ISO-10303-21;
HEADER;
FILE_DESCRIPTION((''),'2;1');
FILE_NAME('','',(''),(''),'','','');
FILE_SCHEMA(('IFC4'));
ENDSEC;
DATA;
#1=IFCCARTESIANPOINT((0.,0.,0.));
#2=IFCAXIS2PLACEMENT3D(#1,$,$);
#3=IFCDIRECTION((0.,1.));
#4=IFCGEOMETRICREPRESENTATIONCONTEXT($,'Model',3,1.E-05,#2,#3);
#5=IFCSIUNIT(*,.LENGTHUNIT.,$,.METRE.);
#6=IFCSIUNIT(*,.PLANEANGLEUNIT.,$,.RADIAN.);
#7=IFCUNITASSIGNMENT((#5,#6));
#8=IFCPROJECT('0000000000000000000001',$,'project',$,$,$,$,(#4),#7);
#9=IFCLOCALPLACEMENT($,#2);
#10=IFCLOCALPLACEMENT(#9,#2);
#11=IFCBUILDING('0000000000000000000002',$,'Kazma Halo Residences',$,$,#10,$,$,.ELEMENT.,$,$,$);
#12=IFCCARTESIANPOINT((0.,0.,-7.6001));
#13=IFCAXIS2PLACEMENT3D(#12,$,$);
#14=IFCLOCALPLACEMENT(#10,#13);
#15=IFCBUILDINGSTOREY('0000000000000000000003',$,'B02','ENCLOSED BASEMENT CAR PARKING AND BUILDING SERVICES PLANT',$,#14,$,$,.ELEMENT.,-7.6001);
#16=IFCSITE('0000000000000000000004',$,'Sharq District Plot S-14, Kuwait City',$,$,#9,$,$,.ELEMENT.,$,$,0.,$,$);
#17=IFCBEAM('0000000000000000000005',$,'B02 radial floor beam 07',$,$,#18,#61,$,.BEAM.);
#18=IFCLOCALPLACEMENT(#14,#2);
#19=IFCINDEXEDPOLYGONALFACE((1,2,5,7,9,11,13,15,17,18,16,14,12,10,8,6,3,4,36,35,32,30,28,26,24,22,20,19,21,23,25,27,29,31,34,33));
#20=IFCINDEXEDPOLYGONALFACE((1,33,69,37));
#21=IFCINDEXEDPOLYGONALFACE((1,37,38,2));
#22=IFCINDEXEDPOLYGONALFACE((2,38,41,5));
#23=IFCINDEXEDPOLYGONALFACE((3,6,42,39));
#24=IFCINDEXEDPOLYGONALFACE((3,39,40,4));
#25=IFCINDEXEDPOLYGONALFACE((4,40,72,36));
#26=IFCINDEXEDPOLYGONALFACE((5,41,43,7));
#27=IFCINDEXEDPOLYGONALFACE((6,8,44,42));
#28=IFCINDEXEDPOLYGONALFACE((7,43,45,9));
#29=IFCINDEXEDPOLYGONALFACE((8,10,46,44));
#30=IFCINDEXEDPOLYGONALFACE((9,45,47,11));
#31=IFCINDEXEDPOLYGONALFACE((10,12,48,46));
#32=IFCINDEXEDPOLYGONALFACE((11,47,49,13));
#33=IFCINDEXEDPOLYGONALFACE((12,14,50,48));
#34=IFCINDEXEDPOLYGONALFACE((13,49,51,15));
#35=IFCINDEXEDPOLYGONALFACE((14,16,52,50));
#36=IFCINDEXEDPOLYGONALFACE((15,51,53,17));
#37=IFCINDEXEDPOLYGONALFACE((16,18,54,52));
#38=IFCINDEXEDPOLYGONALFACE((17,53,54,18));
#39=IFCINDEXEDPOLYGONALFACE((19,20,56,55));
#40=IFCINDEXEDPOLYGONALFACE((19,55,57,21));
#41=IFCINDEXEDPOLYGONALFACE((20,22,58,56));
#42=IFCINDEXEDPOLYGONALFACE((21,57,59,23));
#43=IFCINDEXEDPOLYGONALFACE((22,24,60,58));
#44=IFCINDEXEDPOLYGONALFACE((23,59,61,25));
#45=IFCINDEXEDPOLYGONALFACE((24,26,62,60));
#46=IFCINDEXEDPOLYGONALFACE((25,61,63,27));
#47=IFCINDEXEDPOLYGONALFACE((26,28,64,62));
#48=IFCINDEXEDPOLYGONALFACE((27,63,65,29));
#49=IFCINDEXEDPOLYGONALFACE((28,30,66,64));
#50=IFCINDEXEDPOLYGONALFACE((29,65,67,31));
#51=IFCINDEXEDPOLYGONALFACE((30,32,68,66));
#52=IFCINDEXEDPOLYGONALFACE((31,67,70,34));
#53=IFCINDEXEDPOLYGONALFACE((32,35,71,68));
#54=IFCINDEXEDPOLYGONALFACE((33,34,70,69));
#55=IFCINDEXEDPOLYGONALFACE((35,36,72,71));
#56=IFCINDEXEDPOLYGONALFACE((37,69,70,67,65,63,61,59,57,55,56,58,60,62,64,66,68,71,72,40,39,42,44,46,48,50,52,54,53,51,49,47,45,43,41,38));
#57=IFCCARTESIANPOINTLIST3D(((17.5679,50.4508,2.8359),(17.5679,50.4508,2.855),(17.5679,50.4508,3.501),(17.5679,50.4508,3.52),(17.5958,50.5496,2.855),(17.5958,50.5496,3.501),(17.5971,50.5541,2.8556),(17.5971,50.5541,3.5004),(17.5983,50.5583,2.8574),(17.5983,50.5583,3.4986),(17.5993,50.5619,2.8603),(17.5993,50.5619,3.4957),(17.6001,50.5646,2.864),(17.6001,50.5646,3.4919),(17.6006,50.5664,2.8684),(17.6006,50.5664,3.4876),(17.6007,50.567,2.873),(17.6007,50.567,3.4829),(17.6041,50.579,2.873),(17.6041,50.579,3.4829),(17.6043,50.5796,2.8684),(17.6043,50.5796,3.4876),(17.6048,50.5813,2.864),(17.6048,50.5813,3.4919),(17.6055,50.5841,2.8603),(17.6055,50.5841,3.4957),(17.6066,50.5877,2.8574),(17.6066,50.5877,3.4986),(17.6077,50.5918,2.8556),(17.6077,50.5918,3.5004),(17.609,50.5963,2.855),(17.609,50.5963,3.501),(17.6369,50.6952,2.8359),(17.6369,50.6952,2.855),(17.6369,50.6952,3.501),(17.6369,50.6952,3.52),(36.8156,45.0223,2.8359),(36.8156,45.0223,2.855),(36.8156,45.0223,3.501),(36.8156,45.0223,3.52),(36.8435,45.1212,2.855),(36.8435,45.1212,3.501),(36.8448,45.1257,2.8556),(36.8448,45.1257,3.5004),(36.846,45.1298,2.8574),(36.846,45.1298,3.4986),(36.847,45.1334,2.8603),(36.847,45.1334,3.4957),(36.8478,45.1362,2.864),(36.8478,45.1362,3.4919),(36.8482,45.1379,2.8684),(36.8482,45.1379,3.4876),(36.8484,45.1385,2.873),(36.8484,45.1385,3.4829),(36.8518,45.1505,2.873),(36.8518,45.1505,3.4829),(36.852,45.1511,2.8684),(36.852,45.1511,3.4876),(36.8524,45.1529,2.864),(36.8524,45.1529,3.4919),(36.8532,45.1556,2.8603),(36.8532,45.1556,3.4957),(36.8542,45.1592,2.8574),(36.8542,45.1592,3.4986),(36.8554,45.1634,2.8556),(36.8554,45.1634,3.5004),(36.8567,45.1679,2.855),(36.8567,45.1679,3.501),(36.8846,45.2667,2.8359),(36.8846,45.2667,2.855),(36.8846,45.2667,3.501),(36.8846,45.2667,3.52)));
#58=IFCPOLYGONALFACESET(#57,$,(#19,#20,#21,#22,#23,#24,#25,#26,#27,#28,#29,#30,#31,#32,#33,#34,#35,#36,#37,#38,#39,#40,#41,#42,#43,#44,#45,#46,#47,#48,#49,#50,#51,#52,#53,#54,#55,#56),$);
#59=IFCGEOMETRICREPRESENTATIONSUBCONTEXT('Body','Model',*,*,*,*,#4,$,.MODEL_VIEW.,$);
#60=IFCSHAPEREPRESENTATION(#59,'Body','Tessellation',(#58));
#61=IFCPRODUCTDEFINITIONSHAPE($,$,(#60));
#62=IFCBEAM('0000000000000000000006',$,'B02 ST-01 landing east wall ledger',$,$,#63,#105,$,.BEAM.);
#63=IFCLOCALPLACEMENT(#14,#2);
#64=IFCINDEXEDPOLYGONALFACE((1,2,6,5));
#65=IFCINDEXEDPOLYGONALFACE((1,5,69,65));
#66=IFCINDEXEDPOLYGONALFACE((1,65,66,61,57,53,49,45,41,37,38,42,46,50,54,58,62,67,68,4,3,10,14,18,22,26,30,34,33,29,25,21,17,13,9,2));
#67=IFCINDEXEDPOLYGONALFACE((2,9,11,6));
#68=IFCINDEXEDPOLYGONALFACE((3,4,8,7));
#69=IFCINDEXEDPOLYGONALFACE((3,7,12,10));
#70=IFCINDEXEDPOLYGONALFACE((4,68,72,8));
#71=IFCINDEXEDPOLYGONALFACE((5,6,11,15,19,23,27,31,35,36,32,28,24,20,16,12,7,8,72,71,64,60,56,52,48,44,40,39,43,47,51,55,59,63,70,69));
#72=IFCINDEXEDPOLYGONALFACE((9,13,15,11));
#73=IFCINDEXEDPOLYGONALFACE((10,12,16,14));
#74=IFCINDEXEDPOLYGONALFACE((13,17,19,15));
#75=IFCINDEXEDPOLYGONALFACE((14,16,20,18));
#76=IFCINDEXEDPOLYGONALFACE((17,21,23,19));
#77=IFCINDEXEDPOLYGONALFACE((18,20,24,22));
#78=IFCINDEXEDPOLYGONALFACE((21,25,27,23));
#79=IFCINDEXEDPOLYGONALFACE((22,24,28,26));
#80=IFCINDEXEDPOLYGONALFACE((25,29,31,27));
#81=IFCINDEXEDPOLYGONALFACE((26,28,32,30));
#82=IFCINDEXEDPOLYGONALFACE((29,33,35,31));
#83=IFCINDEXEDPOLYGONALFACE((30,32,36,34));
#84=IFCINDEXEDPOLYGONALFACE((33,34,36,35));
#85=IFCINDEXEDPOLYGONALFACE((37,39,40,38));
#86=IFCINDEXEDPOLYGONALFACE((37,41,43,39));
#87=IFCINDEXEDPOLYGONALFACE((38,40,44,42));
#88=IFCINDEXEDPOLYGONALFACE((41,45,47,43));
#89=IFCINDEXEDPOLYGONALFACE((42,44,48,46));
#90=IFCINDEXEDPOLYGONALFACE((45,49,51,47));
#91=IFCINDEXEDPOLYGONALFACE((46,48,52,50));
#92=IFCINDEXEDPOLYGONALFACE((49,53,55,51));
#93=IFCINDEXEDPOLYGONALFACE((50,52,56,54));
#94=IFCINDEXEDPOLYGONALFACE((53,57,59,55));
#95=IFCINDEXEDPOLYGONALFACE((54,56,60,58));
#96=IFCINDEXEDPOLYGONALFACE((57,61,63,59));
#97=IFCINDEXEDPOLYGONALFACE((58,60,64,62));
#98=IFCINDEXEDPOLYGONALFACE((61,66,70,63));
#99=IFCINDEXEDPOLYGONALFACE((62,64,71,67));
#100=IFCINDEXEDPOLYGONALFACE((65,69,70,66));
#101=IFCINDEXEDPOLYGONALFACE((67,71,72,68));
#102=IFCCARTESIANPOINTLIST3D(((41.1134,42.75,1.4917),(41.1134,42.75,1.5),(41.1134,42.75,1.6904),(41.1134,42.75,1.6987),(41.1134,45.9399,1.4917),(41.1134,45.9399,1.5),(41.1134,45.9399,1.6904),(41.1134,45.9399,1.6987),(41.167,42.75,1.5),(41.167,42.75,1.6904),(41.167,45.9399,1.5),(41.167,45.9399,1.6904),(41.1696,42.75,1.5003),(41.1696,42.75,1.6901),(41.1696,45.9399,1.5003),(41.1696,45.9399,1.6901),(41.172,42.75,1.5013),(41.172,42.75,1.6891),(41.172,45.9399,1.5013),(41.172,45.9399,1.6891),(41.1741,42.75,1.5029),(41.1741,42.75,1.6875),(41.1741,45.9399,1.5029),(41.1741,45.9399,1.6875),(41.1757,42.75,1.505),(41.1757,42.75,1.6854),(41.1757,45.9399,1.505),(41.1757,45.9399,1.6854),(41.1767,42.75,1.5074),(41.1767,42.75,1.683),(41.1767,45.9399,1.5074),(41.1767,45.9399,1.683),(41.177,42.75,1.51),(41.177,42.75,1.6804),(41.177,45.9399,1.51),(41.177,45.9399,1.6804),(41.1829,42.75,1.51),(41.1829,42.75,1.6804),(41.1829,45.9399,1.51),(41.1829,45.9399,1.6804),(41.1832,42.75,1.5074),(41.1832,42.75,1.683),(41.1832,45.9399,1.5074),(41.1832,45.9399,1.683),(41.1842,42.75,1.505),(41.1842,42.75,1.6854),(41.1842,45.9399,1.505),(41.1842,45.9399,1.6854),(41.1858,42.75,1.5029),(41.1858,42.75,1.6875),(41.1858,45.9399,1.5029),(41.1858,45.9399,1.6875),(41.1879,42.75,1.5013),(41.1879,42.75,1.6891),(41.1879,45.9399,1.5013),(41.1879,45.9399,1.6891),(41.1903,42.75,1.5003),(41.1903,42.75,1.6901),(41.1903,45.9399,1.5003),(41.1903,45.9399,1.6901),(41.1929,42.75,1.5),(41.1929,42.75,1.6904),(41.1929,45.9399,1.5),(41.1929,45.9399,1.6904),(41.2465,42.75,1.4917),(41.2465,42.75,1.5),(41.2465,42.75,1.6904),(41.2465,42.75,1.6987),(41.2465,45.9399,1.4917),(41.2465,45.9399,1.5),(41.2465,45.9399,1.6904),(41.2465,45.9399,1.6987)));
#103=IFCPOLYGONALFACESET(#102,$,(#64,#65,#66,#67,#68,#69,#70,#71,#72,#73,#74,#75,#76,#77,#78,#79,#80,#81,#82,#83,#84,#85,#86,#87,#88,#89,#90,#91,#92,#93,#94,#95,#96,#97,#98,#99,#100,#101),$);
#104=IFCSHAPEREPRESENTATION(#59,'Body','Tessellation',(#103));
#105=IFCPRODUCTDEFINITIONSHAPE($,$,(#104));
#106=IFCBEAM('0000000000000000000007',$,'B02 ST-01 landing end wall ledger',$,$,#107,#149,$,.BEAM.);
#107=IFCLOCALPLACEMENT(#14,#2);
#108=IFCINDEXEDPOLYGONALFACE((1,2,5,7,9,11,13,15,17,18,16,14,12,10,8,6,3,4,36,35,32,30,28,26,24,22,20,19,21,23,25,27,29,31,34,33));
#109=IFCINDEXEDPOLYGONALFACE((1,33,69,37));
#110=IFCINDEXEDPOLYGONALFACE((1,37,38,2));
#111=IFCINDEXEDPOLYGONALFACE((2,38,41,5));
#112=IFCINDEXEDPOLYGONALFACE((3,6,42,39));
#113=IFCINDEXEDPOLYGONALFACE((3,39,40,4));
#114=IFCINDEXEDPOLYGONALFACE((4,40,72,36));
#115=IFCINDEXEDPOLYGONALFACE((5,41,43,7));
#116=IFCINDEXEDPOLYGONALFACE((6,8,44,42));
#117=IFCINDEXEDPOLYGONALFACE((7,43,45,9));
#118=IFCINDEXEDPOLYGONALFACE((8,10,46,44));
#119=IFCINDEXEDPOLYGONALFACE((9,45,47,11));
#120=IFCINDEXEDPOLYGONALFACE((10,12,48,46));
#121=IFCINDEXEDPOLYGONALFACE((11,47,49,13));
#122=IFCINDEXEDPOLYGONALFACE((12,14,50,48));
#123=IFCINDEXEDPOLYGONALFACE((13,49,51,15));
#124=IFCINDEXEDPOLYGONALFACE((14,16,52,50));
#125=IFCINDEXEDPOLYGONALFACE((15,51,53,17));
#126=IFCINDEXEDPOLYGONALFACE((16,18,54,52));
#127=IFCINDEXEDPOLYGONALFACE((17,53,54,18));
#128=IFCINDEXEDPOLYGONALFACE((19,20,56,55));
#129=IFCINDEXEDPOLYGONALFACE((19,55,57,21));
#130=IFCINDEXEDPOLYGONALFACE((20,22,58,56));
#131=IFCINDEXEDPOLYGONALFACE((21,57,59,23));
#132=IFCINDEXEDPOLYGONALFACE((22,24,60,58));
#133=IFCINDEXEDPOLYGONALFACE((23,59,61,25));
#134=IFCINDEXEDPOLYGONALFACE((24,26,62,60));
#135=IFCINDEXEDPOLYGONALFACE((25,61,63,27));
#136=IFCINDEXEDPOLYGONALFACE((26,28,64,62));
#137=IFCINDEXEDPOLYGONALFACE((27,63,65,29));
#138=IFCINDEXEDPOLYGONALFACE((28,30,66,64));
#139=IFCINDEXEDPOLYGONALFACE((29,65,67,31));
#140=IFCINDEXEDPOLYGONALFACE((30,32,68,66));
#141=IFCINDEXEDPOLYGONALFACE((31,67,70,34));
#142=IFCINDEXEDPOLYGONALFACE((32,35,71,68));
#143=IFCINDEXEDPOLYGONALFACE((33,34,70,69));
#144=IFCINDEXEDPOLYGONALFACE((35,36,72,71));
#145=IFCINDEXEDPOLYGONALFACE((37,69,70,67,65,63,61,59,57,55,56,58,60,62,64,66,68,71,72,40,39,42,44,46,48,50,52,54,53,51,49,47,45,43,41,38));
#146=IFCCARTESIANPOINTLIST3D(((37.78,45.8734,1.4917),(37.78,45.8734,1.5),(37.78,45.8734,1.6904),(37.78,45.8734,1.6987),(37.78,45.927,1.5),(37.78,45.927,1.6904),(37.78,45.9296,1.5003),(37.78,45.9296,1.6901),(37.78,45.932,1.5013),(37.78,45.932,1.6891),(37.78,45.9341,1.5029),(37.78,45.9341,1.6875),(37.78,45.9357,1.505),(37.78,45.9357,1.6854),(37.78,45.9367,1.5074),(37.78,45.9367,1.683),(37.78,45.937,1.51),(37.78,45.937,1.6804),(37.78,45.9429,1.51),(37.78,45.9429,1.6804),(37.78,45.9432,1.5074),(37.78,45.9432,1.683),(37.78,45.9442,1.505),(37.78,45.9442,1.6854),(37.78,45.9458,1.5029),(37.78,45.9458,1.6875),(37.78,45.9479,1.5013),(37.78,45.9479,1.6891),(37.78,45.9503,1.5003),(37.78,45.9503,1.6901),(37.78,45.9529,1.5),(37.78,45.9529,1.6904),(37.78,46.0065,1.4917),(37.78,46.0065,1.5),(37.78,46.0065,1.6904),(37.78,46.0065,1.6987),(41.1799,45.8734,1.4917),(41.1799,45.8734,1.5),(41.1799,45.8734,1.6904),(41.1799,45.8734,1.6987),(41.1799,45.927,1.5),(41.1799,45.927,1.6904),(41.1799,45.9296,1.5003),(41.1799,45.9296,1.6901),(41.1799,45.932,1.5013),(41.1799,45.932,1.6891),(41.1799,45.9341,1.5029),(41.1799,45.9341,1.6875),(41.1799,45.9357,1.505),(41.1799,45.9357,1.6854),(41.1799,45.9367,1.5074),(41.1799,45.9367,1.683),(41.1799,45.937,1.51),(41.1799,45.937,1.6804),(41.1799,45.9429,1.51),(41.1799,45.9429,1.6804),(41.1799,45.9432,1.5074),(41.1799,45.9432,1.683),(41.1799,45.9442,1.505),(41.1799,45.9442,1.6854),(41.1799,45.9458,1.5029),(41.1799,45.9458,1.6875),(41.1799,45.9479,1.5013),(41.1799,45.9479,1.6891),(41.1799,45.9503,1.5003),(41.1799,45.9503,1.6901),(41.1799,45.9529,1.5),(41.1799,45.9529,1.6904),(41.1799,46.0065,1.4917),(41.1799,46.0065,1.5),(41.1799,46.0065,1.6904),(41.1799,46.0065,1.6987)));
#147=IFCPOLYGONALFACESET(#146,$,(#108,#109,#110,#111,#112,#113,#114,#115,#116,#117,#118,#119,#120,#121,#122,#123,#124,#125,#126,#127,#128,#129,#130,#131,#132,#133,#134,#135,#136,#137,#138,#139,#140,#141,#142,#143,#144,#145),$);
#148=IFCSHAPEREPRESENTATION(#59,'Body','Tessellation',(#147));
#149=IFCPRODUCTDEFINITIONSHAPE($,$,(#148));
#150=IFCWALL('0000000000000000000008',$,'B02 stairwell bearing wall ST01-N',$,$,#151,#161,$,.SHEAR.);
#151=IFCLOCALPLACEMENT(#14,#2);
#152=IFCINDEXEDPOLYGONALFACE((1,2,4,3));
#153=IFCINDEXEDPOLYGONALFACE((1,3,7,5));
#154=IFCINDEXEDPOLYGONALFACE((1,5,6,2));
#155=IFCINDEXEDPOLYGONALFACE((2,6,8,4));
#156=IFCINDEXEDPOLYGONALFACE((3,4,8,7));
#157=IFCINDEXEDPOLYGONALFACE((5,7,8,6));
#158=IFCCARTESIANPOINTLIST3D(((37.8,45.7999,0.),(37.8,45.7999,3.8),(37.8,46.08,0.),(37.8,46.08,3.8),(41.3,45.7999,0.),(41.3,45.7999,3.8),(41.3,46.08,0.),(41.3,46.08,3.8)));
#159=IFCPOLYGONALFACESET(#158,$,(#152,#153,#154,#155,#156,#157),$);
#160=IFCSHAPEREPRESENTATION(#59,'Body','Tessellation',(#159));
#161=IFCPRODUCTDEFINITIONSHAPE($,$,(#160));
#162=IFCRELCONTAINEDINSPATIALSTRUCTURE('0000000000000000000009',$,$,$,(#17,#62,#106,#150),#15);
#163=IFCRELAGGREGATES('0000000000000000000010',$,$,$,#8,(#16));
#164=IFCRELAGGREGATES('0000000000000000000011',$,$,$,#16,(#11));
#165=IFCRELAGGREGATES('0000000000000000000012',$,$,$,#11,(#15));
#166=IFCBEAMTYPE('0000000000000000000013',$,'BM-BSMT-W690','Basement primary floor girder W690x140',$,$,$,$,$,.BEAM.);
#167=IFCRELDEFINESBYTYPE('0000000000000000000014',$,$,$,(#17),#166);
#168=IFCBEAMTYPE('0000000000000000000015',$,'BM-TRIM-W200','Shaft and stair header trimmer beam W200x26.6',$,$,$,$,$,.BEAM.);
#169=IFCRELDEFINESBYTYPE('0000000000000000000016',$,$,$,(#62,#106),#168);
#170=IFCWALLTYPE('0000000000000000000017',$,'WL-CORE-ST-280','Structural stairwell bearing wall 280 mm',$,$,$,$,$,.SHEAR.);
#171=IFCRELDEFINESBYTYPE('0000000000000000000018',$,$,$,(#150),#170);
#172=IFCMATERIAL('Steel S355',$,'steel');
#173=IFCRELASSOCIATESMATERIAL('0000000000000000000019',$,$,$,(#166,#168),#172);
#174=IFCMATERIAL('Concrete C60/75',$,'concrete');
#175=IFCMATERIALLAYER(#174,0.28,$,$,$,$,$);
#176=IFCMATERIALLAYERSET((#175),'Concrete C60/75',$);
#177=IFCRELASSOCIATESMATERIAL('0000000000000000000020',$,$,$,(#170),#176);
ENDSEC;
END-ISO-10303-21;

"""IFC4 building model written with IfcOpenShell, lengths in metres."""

from ifc_helpers import new_model, si_unit, direction, frame, frame_2d, origin, origin_2d, place, context, subcontext, project, spatial, rectangle, i_section, extrude, material, layer, layer_set, material_profile, profile_set, type_object, element, save


model = new_model("IFC4")

# Units and contexts
model_context = context("Model", 3, precision=1e-05, world=origin(), true_north=direction((0.0, 1.0)))
body_context = subcontext(model_context, "Body", "Model", "MODEL_VIEW")
ifc_project = project(units=[si_unit("LENGTHUNIT", "METRE"), si_unit("PLANEANGLEUNIT", "RADIAN")], contexts=[model_context])

# Site, building, storey
site_placement = place(None, origin())
site = spatial("IfcSite", under=ifc_project, at=site_placement, Name="Sharq District Plot S-14, Kuwait City", CompositionType="ELEMENT", RefElevation=0.0)
building_placement = place(site_placement, origin())
building = spatial("IfcBuilding", under=site, at=building_placement, Name="Kazma Halo Residences", CompositionType="ELEMENT")
storey_placement = place(building_placement, frame((0.0, 0.0, -7.6001)))
storey = spatial("IfcBuildingStorey", under=building, at=storey_placement, Name="B02", Description="ENCLOSED BASEMENT CAR PARKING AND BUILDING SERVICES PLANT", CompositionType="ELEMENT", Elevation=-7.6001)

# Shared definitions
ifc_material_1 = material(Name="Concrete C60/75", Category="concrete")

# Shared definitions
ifc_material_2 = material(Name="Steel S355", Category="steel")

# Beams
ifc_material_profile_1 = material_profile(ifc_material_2, i_section(OverallWidth=0.2539, OverallDepth=0.6841, WebThickness=0.0125, FlangeThickness=0.019, FilletRadius=0.0181, at=origin_2d()), Name="W690x140")
ifc_profile_set_1 = profile_set([ifc_material_profile_1], Name="Steel S355")
beam_type_1 = type_object("IfcBeamType", Name="BM-BSMT-W690", Description="Basement primary floor girder W690x140", PredefinedType="BEAM", material=ifc_profile_set_1)
beam_1_placement = place(storey_placement, frame((36.8501, 45.1445, 3.178), z_axis=(-0.962455, 0.271442, 0.0), x_axis=(-0.271442, -0.962455, 0.0)))
element("IfcBeam", 1, at=beam_1_placement, inside=storey, type_object=beam_type_1, Name="B02 radial floor beam 07", PredefinedType="BEAM", context=body_context, shape_type="SweptSolid", body=[
    extrude(i_section(OverallWidth=0.2539, OverallDepth=0.6841, WebThickness=0.0125, FlangeThickness=0.019, FilletRadius=0.0181, at=origin_2d()), origin(), (0.0, 0.0, 1.0), 19.9985),
])
ifc_material_profile_2 = material_profile(ifc_material_2, i_section(OverallWidth=0.1331, OverallDepth=0.207, WebThickness=0.0059, FlangeThickness=0.0083, FilletRadius=0.01, at=origin_2d()), Name="W200x26.6")
ifc_profile_set_2 = profile_set([ifc_material_profile_2], Name="Steel S355")
beam_type_2 = type_object("IfcBeamType", Name="BM-TRIM-W200", Description="Shaft and stair header trimmer beam W200x26.6", PredefinedType="BEAM", material=ifc_profile_set_2)
beam_2_placement = place(storey_placement, frame((41.1799, 42.75, 1.5952), z_axis=(0.0, 1.0, 0.0), x_axis=(-1.0, 0.0, 0.0)))
element("IfcBeam", 2, at=beam_2_placement, inside=storey, type_object=beam_type_2, Name="B02 ST-01 landing east wall ledger", PredefinedType="BEAM", context=body_context, shape_type="SweptSolid", body=[
    extrude(i_section(OverallWidth=0.1331, OverallDepth=0.207, WebThickness=0.0059, FlangeThickness=0.0083, FilletRadius=0.01, at=origin_2d()), origin(), (0.0, 0.0, 1.0), 3.1899),
])
beam_3_placement = place(storey_placement, frame((37.78, 45.9399, 1.5952), z_axis=(1.0, 0.0, 0.0), x_axis=(0.0, 1.0, 0.0)))
element("IfcBeam", 3, at=beam_3_placement, inside=storey, type_object=beam_type_2, Name="B02 ST-01 landing end wall ledger", PredefinedType="BEAM", context=body_context, shape_type="SweptSolid", body=[
    extrude(i_section(OverallWidth=0.1331, OverallDepth=0.207, WebThickness=0.0059, FlangeThickness=0.0083, FilletRadius=0.01, at=origin_2d()), origin(), (0.0, 0.0, 1.0), 3.3999),
])

# Wall
ifc_layer_1 = layer(ifc_material_1, 0.28)
ifc_layer_set_1 = layer_set([ifc_layer_1], Name="Concrete C60/75")
wall_type_1 = type_object("IfcWallType", Name="WL-CORE-ST-280", Description="Structural stairwell bearing wall 280 mm", PredefinedType="SHEAR", material=ifc_layer_set_1)
wall_1_placement = place(storey_placement, frame((37.8, 45.9399, 0.0), z_axis=(0.0, 0.0, 1.0), x_axis=(1.0, 0.0, 0.0)))
element("IfcWall", 4, at=wall_1_placement, inside=storey, type_object=wall_type_1, Name="B02 stairwell bearing wall ST01-N", PredefinedType="SHEAR", context=body_context, shape_type="SweptSolid", body=[
    extrude(rectangle(XDim=3.5, YDim=0.28, at=frame_2d((1.75, 0.0))), origin(), (0.0, 0.0, 1.0), 3.8),
])

save(model, "model.ifc")
